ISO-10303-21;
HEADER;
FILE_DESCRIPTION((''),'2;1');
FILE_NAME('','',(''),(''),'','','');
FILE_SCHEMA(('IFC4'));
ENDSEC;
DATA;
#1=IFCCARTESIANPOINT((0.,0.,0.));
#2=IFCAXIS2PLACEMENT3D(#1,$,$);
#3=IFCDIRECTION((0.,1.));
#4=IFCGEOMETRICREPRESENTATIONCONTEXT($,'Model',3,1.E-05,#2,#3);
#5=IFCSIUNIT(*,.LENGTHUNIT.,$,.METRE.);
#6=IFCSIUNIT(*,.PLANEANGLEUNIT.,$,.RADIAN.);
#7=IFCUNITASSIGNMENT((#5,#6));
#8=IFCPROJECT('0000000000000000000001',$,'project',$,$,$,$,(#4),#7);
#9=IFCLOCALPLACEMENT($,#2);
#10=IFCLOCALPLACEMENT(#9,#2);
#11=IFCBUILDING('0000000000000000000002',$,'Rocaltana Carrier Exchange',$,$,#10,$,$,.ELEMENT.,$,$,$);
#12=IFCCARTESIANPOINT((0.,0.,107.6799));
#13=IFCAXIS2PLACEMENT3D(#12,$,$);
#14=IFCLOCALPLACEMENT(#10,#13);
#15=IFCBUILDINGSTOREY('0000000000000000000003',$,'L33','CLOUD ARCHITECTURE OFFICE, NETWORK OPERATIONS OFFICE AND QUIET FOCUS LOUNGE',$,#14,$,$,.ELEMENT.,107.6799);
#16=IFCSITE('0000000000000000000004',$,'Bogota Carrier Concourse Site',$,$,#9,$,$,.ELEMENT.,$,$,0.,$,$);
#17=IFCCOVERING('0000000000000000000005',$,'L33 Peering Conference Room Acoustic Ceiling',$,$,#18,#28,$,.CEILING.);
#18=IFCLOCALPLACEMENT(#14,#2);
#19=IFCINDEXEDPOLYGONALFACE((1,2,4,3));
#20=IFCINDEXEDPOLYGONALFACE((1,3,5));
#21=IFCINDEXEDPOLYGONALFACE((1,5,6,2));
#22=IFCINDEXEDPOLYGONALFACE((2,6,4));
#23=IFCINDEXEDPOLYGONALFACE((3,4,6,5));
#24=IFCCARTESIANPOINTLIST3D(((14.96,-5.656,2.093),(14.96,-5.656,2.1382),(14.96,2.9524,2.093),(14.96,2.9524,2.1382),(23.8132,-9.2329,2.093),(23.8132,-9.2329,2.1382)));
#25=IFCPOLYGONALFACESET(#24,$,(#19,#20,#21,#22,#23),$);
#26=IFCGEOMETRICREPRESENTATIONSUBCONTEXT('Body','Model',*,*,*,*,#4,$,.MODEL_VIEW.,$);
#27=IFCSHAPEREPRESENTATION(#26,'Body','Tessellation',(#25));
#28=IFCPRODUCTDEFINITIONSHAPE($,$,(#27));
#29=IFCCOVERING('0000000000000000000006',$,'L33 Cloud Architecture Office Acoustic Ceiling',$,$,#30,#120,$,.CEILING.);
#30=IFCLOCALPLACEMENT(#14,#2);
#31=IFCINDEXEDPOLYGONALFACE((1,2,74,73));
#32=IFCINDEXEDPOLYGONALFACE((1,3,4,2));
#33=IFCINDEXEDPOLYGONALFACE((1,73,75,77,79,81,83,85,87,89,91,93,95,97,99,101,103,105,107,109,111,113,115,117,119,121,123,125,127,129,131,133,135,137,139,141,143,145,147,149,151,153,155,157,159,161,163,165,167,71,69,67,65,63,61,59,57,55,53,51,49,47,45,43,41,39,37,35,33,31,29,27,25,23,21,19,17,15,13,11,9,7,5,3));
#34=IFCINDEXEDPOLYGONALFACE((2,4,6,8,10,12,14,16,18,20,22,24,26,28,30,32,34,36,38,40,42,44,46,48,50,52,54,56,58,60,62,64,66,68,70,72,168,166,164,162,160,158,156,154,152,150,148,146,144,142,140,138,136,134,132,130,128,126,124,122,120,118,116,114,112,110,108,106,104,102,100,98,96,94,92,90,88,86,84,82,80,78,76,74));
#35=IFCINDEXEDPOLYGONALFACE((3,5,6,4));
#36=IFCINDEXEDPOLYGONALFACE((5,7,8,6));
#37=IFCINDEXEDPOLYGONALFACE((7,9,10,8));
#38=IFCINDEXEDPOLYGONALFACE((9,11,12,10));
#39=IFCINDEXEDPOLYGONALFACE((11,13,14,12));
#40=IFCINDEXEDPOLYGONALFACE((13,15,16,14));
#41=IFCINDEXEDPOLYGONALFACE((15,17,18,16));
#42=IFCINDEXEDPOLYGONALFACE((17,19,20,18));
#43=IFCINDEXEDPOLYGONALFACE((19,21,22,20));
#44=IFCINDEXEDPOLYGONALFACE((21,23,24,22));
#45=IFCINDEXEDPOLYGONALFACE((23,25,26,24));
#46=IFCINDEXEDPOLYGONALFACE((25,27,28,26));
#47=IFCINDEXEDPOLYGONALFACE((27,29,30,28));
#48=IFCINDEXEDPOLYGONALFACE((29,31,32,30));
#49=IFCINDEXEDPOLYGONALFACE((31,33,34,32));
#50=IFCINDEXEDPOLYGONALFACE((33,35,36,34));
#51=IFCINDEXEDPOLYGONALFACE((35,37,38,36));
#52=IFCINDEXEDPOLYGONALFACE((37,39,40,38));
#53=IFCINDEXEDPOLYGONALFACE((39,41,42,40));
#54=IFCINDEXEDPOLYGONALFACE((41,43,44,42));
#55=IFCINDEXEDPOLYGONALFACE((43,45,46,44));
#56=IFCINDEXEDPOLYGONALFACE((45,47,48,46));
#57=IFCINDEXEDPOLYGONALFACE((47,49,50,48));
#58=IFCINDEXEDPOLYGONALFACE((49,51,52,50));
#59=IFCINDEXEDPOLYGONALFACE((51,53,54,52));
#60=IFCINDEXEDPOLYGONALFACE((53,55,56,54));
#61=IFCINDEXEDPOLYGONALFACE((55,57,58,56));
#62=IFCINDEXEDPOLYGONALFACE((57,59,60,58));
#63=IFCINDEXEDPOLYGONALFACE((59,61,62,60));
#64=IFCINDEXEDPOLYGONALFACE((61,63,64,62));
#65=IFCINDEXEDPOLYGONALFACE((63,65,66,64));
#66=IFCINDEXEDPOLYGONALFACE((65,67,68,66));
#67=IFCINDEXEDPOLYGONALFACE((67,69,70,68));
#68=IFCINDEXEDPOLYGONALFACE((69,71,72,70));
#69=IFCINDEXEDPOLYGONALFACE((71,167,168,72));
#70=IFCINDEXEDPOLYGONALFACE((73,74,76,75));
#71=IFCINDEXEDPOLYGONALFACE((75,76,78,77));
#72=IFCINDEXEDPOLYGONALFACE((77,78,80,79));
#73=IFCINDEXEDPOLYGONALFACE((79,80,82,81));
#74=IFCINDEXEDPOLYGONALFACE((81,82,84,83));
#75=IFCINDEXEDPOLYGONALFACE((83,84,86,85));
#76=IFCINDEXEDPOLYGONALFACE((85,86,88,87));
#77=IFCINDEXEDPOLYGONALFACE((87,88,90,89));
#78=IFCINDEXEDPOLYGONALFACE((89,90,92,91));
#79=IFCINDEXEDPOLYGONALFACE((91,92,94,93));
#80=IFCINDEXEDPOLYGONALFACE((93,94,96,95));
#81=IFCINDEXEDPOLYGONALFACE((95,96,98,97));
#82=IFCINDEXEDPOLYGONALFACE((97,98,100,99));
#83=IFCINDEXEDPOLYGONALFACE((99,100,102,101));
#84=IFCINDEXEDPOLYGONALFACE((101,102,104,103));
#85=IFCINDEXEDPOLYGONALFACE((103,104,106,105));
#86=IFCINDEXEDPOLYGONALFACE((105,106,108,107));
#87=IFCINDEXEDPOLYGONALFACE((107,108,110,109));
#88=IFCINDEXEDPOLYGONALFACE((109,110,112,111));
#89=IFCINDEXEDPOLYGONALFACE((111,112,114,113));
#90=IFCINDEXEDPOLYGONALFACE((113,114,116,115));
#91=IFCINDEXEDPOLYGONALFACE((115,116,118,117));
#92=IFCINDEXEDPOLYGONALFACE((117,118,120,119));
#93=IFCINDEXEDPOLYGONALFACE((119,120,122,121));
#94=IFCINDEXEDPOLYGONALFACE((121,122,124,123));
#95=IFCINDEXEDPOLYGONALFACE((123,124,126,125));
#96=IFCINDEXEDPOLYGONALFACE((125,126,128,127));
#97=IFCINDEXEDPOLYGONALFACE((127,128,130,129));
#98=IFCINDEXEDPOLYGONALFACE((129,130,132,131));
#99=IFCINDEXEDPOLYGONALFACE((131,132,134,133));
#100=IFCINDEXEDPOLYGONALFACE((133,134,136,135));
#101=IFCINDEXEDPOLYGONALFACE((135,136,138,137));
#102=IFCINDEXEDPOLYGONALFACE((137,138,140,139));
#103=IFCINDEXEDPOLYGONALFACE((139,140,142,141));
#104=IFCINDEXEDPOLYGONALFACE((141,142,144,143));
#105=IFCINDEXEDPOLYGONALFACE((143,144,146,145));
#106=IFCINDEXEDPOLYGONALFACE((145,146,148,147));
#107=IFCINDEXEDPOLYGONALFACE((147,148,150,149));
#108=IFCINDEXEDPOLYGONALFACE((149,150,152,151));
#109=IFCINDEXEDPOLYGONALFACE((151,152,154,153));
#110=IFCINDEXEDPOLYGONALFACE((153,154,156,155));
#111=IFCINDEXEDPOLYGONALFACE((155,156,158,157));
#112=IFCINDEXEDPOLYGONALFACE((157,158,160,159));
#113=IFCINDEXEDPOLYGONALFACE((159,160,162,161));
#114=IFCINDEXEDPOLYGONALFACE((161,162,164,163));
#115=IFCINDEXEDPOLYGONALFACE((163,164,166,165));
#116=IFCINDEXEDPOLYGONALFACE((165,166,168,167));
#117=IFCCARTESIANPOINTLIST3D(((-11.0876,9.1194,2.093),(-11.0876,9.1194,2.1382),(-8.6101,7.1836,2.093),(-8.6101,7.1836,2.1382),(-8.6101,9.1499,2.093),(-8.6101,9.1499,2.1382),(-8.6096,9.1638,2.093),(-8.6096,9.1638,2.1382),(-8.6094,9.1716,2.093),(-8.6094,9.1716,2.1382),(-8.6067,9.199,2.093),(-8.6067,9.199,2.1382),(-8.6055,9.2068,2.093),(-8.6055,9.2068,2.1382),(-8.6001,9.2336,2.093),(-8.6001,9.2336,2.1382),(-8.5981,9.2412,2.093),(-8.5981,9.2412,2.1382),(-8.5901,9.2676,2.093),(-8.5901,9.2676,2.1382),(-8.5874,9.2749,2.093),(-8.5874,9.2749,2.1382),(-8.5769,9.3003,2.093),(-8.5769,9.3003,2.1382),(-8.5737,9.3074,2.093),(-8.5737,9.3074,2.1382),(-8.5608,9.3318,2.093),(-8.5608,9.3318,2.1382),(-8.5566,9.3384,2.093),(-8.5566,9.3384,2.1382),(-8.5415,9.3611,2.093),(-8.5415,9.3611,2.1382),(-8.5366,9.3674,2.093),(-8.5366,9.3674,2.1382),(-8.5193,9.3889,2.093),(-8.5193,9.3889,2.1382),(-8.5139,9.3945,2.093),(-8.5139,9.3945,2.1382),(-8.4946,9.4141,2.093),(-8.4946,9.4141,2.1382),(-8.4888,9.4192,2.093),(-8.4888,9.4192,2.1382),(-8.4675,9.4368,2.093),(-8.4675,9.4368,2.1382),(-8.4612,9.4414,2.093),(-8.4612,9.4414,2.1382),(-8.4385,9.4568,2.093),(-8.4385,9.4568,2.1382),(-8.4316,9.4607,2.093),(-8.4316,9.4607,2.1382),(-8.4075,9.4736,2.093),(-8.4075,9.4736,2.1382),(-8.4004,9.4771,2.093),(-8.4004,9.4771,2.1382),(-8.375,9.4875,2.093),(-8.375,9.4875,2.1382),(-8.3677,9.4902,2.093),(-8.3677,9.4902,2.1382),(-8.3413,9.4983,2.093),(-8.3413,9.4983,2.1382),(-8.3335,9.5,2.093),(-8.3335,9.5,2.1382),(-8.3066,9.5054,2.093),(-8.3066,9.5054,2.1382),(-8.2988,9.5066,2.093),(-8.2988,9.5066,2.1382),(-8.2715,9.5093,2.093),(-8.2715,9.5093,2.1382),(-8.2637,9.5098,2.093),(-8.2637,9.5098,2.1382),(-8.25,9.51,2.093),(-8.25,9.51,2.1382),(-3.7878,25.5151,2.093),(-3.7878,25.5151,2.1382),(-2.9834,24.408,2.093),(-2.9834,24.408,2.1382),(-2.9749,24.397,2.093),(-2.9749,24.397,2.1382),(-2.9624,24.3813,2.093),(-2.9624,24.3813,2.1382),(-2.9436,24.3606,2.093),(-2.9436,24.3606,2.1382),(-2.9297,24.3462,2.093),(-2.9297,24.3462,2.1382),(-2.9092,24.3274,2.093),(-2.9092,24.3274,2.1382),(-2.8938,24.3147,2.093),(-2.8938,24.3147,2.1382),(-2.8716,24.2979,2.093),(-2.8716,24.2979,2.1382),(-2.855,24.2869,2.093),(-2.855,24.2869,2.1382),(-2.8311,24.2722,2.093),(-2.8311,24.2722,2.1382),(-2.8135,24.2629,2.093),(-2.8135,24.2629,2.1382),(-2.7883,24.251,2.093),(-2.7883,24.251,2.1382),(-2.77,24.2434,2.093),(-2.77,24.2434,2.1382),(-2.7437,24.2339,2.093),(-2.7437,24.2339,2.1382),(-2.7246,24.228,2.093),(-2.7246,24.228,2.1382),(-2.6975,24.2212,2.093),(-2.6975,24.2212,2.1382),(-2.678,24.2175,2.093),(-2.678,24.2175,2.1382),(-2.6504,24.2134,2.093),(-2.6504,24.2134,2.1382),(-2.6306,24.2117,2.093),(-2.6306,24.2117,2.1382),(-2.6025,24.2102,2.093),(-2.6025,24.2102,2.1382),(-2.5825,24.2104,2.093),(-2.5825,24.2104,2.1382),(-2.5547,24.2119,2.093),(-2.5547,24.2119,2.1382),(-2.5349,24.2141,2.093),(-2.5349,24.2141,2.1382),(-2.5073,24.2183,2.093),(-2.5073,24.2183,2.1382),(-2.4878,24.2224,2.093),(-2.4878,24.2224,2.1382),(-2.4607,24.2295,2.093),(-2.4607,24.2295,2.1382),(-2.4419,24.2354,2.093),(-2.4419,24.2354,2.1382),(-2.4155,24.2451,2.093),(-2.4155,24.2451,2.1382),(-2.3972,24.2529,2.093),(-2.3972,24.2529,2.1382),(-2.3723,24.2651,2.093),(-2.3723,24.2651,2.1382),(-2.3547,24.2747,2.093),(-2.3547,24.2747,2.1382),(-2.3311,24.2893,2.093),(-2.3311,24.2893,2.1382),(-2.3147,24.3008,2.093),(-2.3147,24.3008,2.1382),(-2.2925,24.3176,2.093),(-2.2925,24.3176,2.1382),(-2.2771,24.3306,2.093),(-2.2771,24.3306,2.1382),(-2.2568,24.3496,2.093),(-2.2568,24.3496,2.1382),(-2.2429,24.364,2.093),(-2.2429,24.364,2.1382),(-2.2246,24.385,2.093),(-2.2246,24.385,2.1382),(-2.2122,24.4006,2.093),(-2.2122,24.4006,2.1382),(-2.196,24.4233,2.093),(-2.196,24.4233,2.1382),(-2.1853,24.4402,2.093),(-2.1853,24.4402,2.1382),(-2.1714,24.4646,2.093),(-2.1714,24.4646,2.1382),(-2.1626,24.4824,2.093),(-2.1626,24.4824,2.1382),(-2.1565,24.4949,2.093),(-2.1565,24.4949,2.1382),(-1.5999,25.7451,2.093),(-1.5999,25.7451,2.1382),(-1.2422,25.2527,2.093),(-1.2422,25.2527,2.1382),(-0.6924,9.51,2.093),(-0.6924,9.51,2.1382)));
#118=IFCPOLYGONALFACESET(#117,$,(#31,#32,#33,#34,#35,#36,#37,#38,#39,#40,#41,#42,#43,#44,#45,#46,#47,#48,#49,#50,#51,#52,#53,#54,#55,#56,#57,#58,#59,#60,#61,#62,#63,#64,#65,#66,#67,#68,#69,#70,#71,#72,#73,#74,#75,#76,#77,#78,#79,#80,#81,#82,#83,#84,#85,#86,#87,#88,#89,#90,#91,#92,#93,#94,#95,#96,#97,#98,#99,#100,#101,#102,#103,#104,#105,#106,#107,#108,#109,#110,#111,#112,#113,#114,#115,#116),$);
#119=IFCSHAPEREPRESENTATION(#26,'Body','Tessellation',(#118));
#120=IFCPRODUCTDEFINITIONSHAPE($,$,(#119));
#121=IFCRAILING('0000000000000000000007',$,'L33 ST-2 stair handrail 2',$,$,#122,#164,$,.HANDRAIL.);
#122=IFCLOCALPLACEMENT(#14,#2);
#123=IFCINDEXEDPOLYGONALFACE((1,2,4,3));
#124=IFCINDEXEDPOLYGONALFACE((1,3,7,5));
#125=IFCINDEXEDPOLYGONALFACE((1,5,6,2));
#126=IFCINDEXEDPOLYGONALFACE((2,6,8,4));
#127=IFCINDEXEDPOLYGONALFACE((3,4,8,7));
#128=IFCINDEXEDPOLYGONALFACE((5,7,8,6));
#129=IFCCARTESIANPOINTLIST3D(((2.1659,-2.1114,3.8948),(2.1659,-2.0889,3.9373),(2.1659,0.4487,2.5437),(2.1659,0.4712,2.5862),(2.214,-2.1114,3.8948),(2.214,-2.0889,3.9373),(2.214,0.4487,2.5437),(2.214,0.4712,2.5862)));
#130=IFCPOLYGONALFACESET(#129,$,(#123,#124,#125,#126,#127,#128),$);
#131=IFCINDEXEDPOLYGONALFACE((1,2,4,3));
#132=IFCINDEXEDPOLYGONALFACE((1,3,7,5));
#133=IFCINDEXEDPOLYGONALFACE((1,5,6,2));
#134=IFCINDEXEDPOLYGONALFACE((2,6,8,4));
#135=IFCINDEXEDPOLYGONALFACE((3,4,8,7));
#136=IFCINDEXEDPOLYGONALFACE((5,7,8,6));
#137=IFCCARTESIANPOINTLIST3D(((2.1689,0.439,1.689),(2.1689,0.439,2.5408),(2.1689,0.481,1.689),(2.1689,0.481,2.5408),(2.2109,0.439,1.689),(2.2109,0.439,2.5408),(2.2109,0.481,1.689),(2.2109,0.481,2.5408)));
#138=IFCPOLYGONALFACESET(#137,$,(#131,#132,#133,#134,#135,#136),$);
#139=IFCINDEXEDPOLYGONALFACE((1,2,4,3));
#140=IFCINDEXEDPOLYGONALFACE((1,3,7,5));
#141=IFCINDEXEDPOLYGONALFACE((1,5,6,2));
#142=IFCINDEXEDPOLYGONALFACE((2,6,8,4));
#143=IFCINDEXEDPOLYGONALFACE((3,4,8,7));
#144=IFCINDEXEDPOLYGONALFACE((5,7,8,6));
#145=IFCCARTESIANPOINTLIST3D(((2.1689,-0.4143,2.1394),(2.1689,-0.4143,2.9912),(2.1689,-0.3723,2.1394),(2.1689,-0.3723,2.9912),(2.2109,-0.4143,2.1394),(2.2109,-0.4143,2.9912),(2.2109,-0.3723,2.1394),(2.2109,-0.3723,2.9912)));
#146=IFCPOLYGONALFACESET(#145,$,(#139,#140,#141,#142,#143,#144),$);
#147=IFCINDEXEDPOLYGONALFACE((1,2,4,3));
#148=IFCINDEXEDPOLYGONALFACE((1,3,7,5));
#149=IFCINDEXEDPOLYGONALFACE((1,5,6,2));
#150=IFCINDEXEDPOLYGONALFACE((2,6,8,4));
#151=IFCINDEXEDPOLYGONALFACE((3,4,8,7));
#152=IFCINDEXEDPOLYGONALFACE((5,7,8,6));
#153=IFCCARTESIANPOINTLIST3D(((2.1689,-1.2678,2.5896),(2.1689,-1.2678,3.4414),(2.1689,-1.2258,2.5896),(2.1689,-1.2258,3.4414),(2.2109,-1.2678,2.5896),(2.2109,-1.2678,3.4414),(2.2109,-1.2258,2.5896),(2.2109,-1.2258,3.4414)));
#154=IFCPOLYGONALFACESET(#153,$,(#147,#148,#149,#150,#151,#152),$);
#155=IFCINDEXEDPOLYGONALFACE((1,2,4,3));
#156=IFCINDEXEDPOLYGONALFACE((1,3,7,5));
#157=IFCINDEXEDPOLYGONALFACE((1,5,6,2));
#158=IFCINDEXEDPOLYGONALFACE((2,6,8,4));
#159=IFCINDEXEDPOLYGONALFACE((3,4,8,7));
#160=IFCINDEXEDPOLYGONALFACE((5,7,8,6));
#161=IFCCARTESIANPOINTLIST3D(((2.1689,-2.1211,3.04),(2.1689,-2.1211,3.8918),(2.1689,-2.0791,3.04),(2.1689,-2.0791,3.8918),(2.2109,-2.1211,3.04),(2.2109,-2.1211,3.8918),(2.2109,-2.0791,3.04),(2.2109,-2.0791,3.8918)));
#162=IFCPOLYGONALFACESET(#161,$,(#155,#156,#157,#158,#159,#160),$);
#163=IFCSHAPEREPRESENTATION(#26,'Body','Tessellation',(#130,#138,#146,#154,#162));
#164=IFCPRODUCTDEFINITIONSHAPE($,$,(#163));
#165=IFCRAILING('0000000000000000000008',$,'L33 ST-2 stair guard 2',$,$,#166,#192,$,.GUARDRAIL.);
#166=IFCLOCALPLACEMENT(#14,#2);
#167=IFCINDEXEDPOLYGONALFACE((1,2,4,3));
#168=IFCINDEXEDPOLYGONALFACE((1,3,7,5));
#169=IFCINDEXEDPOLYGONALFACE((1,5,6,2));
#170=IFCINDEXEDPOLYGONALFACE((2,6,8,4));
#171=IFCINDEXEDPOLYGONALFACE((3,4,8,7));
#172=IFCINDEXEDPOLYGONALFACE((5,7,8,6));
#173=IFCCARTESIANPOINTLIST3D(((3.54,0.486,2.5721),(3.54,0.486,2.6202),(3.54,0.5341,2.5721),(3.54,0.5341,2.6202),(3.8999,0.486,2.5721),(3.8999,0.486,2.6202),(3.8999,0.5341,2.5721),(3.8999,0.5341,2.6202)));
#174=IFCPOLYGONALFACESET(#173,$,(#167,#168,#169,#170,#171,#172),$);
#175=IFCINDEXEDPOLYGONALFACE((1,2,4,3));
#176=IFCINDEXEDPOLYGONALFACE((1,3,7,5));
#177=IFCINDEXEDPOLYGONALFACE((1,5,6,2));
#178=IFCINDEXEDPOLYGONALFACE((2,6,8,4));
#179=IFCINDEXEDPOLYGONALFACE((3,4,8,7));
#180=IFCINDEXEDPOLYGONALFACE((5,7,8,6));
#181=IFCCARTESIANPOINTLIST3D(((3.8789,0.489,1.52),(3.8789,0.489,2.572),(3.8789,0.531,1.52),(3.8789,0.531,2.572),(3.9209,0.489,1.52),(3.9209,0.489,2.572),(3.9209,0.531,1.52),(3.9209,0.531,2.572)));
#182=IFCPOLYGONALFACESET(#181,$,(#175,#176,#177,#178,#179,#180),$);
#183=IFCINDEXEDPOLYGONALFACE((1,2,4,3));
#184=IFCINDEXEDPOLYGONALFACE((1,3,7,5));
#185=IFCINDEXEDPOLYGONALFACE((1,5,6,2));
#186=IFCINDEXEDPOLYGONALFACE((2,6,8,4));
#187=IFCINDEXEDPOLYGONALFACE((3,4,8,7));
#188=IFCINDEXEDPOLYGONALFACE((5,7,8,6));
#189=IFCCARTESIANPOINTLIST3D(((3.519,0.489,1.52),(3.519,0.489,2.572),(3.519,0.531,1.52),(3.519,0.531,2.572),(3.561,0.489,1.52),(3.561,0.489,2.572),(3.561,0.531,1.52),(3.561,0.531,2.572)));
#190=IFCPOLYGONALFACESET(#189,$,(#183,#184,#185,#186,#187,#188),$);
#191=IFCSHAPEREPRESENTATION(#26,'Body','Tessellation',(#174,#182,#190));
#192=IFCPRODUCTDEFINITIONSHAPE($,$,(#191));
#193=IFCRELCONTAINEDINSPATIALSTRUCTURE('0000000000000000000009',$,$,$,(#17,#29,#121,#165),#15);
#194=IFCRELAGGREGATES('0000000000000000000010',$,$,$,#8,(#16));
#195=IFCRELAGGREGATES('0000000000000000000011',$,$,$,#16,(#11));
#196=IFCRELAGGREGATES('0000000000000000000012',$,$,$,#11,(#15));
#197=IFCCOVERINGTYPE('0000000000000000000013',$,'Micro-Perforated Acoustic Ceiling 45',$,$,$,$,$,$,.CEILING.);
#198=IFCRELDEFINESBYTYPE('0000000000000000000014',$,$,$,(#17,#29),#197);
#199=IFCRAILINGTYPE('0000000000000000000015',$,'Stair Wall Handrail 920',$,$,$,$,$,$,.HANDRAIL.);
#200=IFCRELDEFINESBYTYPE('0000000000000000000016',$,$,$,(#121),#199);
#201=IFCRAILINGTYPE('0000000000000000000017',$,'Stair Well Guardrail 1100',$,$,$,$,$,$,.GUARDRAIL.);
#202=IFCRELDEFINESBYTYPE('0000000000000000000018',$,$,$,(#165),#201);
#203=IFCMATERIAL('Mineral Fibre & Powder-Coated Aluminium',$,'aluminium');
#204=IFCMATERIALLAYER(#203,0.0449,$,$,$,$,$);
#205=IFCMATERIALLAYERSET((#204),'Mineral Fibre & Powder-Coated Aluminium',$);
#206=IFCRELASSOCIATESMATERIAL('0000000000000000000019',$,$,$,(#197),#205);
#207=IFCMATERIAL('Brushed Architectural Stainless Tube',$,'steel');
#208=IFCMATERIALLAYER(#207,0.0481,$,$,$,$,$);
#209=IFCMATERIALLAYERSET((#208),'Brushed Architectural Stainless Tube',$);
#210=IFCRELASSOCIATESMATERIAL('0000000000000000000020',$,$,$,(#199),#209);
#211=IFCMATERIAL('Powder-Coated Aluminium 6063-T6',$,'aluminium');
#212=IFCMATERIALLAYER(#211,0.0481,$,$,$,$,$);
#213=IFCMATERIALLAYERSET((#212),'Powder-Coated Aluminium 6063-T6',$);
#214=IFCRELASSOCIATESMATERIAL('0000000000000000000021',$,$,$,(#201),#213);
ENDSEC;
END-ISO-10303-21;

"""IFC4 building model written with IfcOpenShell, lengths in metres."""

from ifc_helpers import new_model, si_unit, direction, frame, origin, origin_2d, place, context, subcontext, project, spatial, polyline, rectangle, outline, extrude, material, layer, layer_set, type_object, element, save


model = new_model("IFC4")

# Units and contexts
model_context = context("Model", 3, precision=1e-05, world=origin(), true_north=direction((0.0, 1.0)))
body_context = subcontext(model_context, "Body", "Model", "MODEL_VIEW")
ifc_project = project(units=[si_unit("LENGTHUNIT", "METRE"), si_unit("PLANEANGLEUNIT", "RADIAN")], contexts=[model_context])

# Site, building, storey
site_placement = place(None, origin())
site = spatial("IfcSite", under=ifc_project, at=site_placement, Name="Bogota Carrier Concourse Site", CompositionType="ELEMENT", RefElevation=0.0)
building_placement = place(site_placement, origin())
building = spatial("IfcBuilding", under=site, at=building_placement, Name="Rocaltana Carrier Exchange", CompositionType="ELEMENT")
storey_placement = place(building_placement, frame((0.0, 0.0, 107.6799)))
storey = spatial("IfcBuildingStorey", under=building, at=storey_placement, Name="L33", Description="CLOUD ARCHITECTURE OFFICE, NETWORK OPERATIONS OFFICE AND QUIET FOCUS LOUNGE", CompositionType="ELEMENT", Elevation=107.6799)

# Coverings
ifc_material_1 = material(Name="Mineral Fibre & Powder-Coated Aluminium", Category="aluminium")
ifc_layer_1 = layer(ifc_material_1, 0.0449)
ifc_layer_set_1 = layer_set([ifc_layer_1], Name="Mineral Fibre & Powder-Coated Aluminium")
covering_type_1 = type_object("IfcCoveringType", Name="Micro-Perforated Acoustic Ceiling 45", PredefinedType="CEILING", material=ifc_layer_set_1)
covering_1_placement = place(storey_placement, frame((0.0, 0.0, 2.093)))
element("IfcCovering", 1, at=covering_1_placement, inside=storey, type_object=covering_type_1, Name="L33 Peering Conference Room Acoustic Ceiling", PredefinedType="CEILING", context=body_context, shape_type="SweptSolid", body=[
    extrude(outline(polyline([(14.96, 2.9524), (23.8132, -9.2329), (14.96, -5.656), (14.96, 2.9524)])), origin(), (0.0, 0.0, 1.0), 0.0452),
])
covering_2_placement = place(storey_placement, frame((0.0, 0.0, 2.093)))
element("IfcCovering", 2, at=covering_2_placement, inside=storey, type_object=covering_type_1, Name="L33 Cloud Architecture Office Acoustic Ceiling", PredefinedType="CEILING", context=body_context, shape_type="SweptSolid", body=[
    extrude(outline(polyline([(-3.7878, 25.5151), (-2.9834, 24.408), (-2.9749, 24.397), (-2.9624, 24.3813), (-2.9436, 24.3606), (-2.9297, 24.3462), (-2.9092, 24.3274), (-2.8938, 24.3147), (-2.8716, 24.2979), (-2.855, 24.2869), (-2.8311, 24.2722), (-2.8135, 24.2629), (-2.7883, 24.251), (-2.77, 24.2434), (-2.7437, 24.2339), (-2.7246, 24.228), (-2.6975, 24.2212), (-2.678, 24.2175), (-2.6504, 24.2134), (-2.6306, 24.2117), (-2.6025, 24.2102), (-2.5825, 24.2104), (-2.5547, 24.2119), (-2.5349, 24.2141), (-2.5073, 24.2183), (-2.4878, 24.2224), (-2.4607, 24.2295), (-2.4419, 24.2354), (-2.4155, 24.2451), (-2.3972, 24.2529), (-2.3723, 24.2651), (-2.3547, 24.2747), (-2.3311, 24.2893), (-2.3147, 24.3008), (-2.2925, 24.3176), (-2.2771, 24.3306), (-2.2568, 24.3496), (-2.2429, 24.364), (-2.2246, 24.385), (-2.2122, 24.4006), (-2.196, 24.4233), (-2.1853, 24.4402), (-2.1714, 24.4646), (-2.1626, 24.4824), (-2.1565, 24.4949), (-1.5999, 25.7451), (-1.2422, 25.2527), (-0.6924, 9.51), (-8.25, 9.51), (-8.2637, 9.5098), (-8.2715, 9.5093), (-8.2988, 9.5066), (-8.3066, 9.5054), (-8.3335, 9.5), (-8.3413, 9.4983), (-8.3677, 9.4902), (-8.375, 9.4875), (-8.4004, 9.4771), (-8.4075, 9.4736), (-8.4316, 9.4607), (-8.4385, 9.4568), (-8.4612, 9.4414), (-8.4675, 9.4368), (-8.4888, 9.4192), (-8.4946, 9.4141), (-8.5139, 9.3945), (-8.5193, 9.3889), (-8.5366, 9.3674), (-8.5415, 9.3611), (-8.5566, 9.3384), (-8.5608, 9.3318), (-8.5737, 9.3074), (-8.5769, 9.3003), (-8.5874, 9.2749), (-8.5901, 9.2676), (-8.5981, 9.2412), (-8.6001, 9.2336), (-8.6055, 9.2068), (-8.6067, 9.199), (-8.6094, 9.1716), (-8.6096, 9.1638), (-8.6101, 9.1499), (-8.6101, 7.1836), (-11.0876, 9.1194), (-3.7878, 25.5151)])), origin(), (0.0, 0.0, 1.0), 0.0452),
])

# Railings
ifc_material_2 = material(Name="Brushed Architectural Stainless Tube", Category="steel")
ifc_layer_2 = layer(ifc_material_2, 0.0481)
ifc_layer_set_2 = layer_set([ifc_layer_2], Name="Brushed Architectural Stainless Tube")
railing_type_1 = type_object("IfcRailingType", Name="Stair Wall Handrail 920", PredefinedType="HANDRAIL", material=ifc_layer_set_2)
railing_1_placement = place(storey_placement, frame((2.1899, 0.46, 1.689)))
element("IfcRailing", 3, at=railing_1_placement, inside=storey, type_object=railing_type_1, Name="L33 ST-2 stair handrail 2", PredefinedType="HANDRAIL", context=body_context, shape_type="SweptSolid", body=[
    extrude(rectangle(XDim=0.0481, YDim=0.0481, at=origin_2d()), frame((0.0, 0.0, 0.876), z_axis=(0.0, -0.884394, 0.46674), x_axis=(1.0, 0.0, 0.0)), (0.0, 0.0, 1.0), 2.8948),
    extrude(rectangle(XDim=0.042, YDim=0.042, at=origin_2d()), origin(), (0.0, 0.0, 1.0), 0.8518),
    extrude(rectangle(XDim=0.042, YDim=0.042, at=origin_2d()), frame((0.0, -0.8533, 0.4504)), (0.0, 0.0, 1.0), 0.8518),
    extrude(rectangle(XDim=0.042, YDim=0.042, at=origin_2d()), frame((0.0, -1.7068, 0.9006)), (0.0, 0.0, 1.0), 0.8518),
    extrude(rectangle(XDim=0.042, YDim=0.042, at=origin_2d()), frame((0.0, -2.5601, 1.3511)), (0.0, 0.0, 1.0), 0.8518),
])
ifc_material_3 = material(Name="Powder-Coated Aluminium 6063-T6", Category="aluminium")
ifc_layer_3 = layer(ifc_material_3, 0.0481)
ifc_layer_set_3 = layer_set([ifc_layer_3], Name="Powder-Coated Aluminium 6063-T6")
railing_type_2 = type_object("IfcRailingType", Name="Stair Well Guardrail 1100", PredefinedType="GUARDRAIL", material=ifc_layer_set_3)
railing_2_placement = place(storey_placement, frame((3.8999, 0.51, 1.52)))
element("IfcRailing", 4, at=railing_2_placement, inside=storey, type_object=railing_type_2, Name="L33 ST-2 stair guard 2", PredefinedType="GUARDRAIL", context=body_context, shape_type="SweptSolid", body=[
    extrude(rectangle(XDim=0.0481, YDim=0.0481, at=origin_2d()), frame((0.0, 0.0, 1.0762), z_axis=(-1.0, 0.0, 0.0), x_axis=(0.0, -1.0, 0.0)), (0.0, 0.0, 1.0), 0.3599),
    extrude(rectangle(XDim=0.042, YDim=0.042, at=origin_2d()), origin(), (0.0, 0.0, 1.0), 1.052),
    extrude(rectangle(XDim=0.042, YDim=0.042, at=origin_2d()), frame((-0.3599, 0.0, 0.0)), (0.0, 0.0, 1.0), 1.052),
])

save(model, "model.ifc")
